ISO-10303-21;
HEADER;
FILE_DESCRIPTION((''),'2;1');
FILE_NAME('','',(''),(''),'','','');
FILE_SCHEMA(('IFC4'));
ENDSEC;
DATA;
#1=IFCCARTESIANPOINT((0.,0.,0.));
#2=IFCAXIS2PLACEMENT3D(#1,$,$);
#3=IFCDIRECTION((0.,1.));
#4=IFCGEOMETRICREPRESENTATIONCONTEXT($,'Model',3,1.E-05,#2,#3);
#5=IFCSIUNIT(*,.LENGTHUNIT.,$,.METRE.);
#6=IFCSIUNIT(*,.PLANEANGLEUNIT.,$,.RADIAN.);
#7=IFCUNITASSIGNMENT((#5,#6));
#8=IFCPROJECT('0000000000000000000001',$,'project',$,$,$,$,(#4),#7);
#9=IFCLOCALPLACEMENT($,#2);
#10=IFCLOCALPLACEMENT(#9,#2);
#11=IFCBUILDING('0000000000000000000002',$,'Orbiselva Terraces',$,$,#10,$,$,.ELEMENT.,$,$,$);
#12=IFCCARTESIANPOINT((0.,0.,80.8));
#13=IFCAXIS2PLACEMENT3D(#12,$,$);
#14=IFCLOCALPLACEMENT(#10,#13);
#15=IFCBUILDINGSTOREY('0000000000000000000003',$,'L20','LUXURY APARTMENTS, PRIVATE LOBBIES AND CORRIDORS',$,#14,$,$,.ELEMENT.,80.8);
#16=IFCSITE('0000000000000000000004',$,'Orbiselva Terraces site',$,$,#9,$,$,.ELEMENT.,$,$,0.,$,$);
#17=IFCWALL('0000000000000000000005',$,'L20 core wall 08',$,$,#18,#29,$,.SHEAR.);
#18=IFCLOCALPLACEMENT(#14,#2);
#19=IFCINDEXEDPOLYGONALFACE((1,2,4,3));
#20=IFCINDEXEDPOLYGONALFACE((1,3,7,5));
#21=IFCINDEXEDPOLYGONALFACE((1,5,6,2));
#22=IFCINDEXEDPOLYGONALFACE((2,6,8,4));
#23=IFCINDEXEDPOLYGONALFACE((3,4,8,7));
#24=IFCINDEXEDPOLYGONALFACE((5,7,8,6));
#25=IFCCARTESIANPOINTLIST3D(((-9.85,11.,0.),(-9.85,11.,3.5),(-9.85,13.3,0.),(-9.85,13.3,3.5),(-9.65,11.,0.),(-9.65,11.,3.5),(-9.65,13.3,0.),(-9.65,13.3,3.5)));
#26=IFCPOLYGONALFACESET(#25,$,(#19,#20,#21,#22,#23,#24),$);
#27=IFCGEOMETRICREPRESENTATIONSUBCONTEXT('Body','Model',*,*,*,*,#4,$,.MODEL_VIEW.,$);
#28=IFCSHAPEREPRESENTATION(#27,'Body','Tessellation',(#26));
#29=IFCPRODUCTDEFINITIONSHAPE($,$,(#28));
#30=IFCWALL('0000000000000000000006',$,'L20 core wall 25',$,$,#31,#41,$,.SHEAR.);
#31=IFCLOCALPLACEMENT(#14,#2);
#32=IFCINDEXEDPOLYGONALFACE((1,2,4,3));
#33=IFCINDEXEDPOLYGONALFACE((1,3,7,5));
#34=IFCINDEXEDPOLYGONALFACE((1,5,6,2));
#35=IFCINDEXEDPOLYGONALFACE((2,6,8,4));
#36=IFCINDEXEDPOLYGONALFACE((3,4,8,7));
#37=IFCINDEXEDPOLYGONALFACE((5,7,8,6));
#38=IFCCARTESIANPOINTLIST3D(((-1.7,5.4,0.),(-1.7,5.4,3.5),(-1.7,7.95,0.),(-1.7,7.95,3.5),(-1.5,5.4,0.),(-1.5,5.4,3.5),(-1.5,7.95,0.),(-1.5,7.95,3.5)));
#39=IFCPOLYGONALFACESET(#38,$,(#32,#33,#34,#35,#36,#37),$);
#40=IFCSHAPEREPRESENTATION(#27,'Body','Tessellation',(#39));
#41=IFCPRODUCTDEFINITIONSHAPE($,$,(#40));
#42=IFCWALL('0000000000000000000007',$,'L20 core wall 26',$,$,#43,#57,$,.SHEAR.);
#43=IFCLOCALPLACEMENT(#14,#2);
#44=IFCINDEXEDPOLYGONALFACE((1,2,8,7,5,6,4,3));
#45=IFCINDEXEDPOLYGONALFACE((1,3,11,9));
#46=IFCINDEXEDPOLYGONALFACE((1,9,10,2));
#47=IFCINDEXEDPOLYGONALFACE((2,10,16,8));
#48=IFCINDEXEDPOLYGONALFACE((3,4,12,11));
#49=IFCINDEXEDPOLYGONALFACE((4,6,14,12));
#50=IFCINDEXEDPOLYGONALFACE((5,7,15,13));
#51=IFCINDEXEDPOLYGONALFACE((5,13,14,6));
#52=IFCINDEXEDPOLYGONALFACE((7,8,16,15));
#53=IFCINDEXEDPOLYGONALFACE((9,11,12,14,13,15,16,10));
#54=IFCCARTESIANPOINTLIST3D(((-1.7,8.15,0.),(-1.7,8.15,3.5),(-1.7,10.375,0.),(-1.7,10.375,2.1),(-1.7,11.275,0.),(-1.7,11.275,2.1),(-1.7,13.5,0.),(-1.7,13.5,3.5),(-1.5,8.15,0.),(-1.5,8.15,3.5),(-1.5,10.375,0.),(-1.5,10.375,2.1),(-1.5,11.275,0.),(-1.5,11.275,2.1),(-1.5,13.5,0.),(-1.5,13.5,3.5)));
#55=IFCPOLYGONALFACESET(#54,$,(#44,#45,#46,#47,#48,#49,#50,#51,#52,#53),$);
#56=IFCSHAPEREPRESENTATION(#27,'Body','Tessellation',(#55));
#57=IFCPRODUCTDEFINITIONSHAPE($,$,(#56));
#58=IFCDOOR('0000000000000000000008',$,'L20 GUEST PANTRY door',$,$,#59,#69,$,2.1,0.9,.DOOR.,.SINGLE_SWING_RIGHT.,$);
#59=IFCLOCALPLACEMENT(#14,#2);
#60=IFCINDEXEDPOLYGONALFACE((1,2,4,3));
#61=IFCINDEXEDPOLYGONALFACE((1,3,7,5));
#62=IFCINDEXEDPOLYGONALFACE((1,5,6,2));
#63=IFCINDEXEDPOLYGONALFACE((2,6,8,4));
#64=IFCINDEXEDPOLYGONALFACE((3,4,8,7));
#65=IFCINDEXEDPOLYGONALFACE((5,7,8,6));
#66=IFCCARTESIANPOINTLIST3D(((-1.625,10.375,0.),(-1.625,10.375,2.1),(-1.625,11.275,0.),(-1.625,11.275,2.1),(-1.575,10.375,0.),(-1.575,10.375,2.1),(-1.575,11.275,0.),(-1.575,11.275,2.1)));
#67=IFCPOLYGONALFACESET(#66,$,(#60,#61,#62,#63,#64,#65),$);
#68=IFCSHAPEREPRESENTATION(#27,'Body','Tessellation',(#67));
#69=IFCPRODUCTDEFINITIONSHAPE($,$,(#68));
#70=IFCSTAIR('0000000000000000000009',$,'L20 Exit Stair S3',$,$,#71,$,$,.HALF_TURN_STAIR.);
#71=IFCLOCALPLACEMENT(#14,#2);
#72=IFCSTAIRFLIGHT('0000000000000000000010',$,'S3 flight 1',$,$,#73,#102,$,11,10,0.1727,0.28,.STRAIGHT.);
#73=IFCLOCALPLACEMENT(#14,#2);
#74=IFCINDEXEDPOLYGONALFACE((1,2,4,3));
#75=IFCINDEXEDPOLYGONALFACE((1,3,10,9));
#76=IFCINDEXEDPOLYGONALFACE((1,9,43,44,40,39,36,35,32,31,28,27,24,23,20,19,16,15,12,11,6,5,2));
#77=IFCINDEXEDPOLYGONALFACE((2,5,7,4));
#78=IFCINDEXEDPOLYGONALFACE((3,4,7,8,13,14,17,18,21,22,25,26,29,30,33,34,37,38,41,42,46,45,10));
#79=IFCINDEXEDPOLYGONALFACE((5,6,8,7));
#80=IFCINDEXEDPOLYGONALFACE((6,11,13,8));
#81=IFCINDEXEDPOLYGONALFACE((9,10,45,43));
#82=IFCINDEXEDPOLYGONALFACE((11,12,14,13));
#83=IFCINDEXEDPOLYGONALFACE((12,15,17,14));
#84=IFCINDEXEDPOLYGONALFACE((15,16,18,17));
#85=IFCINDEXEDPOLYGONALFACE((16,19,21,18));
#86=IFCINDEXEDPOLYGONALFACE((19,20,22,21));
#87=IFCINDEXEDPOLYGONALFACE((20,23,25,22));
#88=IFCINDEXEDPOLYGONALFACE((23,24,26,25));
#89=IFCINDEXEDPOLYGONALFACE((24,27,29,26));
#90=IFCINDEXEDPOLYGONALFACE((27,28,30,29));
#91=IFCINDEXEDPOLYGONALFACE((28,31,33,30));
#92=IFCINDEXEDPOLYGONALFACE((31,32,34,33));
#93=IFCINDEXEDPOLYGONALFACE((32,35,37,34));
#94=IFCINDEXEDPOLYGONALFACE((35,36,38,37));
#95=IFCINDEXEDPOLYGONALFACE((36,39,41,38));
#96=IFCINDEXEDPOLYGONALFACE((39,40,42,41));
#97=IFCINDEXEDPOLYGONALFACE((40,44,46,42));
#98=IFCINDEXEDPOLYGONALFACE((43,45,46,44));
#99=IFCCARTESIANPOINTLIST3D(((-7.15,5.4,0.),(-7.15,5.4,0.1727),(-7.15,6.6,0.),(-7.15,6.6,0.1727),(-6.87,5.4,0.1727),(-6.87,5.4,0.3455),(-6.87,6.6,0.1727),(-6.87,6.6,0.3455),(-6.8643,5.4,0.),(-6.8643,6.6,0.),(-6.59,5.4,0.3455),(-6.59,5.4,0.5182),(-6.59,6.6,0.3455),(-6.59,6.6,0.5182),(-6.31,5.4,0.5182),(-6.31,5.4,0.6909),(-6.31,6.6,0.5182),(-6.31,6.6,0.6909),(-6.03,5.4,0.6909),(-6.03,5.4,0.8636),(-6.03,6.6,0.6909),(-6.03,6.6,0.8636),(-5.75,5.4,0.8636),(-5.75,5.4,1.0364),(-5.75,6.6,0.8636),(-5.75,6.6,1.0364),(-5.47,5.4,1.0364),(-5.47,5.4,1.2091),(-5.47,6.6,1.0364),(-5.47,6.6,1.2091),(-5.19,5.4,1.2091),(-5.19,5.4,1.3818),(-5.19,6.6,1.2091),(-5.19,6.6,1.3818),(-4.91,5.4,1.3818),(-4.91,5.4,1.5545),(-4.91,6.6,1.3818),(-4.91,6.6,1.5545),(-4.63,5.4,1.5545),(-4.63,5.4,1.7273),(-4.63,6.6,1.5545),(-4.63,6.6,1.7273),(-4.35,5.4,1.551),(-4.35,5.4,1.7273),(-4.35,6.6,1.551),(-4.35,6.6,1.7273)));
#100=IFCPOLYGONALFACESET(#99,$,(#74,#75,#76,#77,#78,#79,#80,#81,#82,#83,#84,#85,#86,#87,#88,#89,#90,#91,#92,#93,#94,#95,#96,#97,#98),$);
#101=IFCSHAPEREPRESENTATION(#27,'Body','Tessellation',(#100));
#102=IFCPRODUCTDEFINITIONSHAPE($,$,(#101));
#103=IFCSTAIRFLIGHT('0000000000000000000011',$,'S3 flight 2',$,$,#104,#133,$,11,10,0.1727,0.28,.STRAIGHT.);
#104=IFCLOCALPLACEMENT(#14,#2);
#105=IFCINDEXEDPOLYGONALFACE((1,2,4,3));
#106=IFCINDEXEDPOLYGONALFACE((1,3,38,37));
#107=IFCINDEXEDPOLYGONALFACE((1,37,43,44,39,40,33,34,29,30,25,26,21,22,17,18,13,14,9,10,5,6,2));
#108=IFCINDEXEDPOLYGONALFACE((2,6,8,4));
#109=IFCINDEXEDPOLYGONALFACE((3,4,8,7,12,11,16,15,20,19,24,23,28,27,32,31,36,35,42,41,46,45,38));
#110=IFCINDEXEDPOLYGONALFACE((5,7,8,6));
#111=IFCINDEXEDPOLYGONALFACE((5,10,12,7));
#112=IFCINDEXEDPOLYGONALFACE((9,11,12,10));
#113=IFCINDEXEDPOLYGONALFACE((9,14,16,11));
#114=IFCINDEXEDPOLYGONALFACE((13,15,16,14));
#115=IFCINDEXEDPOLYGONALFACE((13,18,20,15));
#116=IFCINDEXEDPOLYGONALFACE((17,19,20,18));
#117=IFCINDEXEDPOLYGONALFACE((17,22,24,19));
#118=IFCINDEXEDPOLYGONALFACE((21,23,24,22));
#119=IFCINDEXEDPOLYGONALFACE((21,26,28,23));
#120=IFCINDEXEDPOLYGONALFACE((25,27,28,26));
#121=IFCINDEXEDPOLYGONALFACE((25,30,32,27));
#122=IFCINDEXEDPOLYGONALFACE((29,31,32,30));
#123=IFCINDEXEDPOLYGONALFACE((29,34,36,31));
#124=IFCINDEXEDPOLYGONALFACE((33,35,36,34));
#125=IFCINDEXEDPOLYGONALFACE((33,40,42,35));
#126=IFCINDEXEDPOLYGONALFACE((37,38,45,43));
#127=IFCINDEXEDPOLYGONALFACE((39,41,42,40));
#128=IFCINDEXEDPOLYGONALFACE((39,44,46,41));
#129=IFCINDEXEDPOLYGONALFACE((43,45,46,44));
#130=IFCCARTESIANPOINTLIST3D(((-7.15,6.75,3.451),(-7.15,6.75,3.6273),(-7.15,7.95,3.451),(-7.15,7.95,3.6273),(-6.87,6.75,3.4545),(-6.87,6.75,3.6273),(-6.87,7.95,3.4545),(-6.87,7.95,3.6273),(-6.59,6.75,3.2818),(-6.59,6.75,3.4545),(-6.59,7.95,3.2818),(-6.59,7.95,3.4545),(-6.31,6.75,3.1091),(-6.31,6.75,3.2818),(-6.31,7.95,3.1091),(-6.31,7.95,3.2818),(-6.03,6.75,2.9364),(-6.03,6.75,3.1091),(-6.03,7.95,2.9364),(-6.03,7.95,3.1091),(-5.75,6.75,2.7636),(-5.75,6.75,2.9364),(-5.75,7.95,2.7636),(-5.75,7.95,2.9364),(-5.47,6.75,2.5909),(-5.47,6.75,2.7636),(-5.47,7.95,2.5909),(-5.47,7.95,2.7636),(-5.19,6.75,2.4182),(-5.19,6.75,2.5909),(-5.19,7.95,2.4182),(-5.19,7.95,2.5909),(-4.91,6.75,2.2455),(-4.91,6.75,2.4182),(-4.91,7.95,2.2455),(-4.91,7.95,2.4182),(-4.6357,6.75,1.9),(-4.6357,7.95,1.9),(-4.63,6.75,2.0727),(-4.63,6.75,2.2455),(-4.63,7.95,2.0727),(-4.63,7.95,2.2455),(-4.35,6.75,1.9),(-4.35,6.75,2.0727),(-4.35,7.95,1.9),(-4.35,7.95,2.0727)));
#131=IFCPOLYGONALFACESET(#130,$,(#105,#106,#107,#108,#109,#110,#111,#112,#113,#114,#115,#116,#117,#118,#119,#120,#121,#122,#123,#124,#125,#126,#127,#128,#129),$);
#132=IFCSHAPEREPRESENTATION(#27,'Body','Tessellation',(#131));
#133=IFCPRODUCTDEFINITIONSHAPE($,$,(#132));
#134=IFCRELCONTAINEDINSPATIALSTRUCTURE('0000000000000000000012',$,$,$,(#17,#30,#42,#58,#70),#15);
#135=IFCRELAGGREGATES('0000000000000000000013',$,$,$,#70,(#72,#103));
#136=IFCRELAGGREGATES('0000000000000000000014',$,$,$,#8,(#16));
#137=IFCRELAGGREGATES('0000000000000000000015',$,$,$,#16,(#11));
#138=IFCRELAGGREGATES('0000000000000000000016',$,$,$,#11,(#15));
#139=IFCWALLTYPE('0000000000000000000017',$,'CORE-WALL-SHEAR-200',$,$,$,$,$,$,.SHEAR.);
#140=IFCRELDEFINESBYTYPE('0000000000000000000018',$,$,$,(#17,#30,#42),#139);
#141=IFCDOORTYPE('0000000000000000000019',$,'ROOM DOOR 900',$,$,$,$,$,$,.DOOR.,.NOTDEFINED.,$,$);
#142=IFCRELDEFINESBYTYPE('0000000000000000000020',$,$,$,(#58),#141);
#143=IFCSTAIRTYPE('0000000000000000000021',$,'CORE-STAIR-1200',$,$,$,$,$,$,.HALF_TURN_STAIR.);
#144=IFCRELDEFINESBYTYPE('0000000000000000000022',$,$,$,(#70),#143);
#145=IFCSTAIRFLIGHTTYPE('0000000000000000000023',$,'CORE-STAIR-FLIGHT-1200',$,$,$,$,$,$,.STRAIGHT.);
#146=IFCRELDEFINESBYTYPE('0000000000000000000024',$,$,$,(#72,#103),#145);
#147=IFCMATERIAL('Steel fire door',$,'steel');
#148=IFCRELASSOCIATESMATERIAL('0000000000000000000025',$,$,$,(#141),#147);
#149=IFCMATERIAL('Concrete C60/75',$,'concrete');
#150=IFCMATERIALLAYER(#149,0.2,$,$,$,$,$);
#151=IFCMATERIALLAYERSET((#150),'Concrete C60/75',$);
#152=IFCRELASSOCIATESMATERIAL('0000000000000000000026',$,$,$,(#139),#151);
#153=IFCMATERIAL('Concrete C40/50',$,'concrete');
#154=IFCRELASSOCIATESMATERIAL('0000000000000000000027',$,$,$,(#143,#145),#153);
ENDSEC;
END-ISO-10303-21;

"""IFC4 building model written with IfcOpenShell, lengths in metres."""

from ifc_helpers import new_model, si_unit, direction, frame, frame_2d, origin, place, context, subcontext, project, spatial, polyline, rectangle, outline, extrude, material, layer, layer_set, type_object, element, fill, aggregate, save


model = new_model("IFC4")

# Units and contexts
model_context = context("Model", 3, precision=1e-05, world=origin(), true_north=direction((0.0, 1.0)))
body_context = subcontext(model_context, "Body", "Model", "MODEL_VIEW")
ifc_project = project(units=[si_unit("LENGTHUNIT", "METRE"), si_unit("PLANEANGLEUNIT", "RADIAN")], contexts=[model_context])

# Site, building, storey
site_placement = place(None, origin())
site = spatial("IfcSite", under=ifc_project, at=site_placement, Name="Orbiselva Terraces site", CompositionType="ELEMENT", RefElevation=0.0)
building_placement = place(site_placement, origin())
building = spatial("IfcBuilding", under=site, at=building_placement, Name="Orbiselva Terraces", CompositionType="ELEMENT")
storey_placement = place(building_placement, frame((0.0, 0.0, 80.8)))
storey = spatial("IfcBuildingStorey", under=building, at=storey_placement, Name="L20", Description="LUXURY APARTMENTS, PRIVATE LOBBIES AND CORRIDORS", CompositionType="ELEMENT", Elevation=80.8)

# Shared definitions
ifc_material_1 = material(Name="Steel fire door", Category="steel")
door_type = type_object("IfcDoorType", Name="ROOM DOOR 900", OperationType="NOTDEFINED", PredefinedType="DOOR", material=ifc_material_1)

# Shared definitions
ifc_material_2 = material(Name="Concrete C60/75", Category="concrete")
ifc_layer_1 = layer(ifc_material_2, 0.2)
ifc_layer_set_1 = layer_set([ifc_layer_1], Name="Concrete C60/75")
wall_type_1 = type_object("IfcWallType", Name="CORE-WALL-SHEAR-200", PredefinedType="SHEAR", material=ifc_layer_set_1)

# Walls
wall_1_placement = place(storey_placement, frame((-9.75, 11.0, 0.0), z_axis=(0.0, 0.0, 1.0), x_axis=(0.0, 1.0, 0.0)))
element("IfcWall", 1, at=wall_1_placement, inside=storey, type_object=wall_type_1, Name="L20 core wall 08", PredefinedType="SHEAR", context=body_context, shape_type="SweptSolid", body=[
    extrude(rectangle(XDim=2.3, YDim=0.2, at=frame_2d((1.15, 0.0))), origin(), (0.0, 0.0, 1.0), 3.5),
])
wall_2_placement = place(storey_placement, frame((-1.6, 5.4, 0.0), z_axis=(0.0, 0.0, 1.0), x_axis=(0.0, 1.0, 0.0)))
element("IfcWall", 2, at=wall_2_placement, inside=storey, type_object=wall_type_1, Name="L20 core wall 25", PredefinedType="SHEAR", context=body_context, shape_type="SweptSolid", body=[
    extrude(rectangle(XDim=2.55, YDim=0.2, at=frame_2d((1.275, 0.0))), origin(), (0.0, 0.0, 1.0), 3.5),
])

# Wall, opening, door
wall_3_placement = place(storey_placement, frame((-1.6, 8.15, 0.0), z_axis=(0.0, 0.0, 1.0), x_axis=(0.0, 1.0, 0.0)))
wall_3 = element("IfcWall", 3, at=wall_3_placement, inside=storey, type_object=wall_type_1, Name="L20 core wall 26", PredefinedType="SHEAR", context=body_context, shape_type="SweptSolid", body=[
    extrude(rectangle(XDim=5.35, YDim=0.2, at=frame_2d((2.675, 0.0))), origin(), (0.0, 0.0, 1.0), 3.5),
])
opening_1_placement = place(wall_3_placement, frame((2.225, 0.0, 0.0)))
opening_1 = element("IfcOpeningElement", 4, at=opening_1_placement, cuts=wall_3, PredefinedType="OPENING", context=body_context, shape_type="SweptSolid", body=[
    extrude(rectangle(XDim=0.9, YDim=2.1, at=frame_2d((0.45, 1.05))), frame((0.0, 0.11, 0.0), z_axis=(0.0, -1.0, 0.0), x_axis=(1.0, 0.0, 0.0)), (0.0, 0.0, 1.0), 0.22),
])
door_1_placement = place(opening_1_placement, origin())
door_1 = element("IfcDoor", 5, at=door_1_placement, inside=storey, type_object=door_type, Name="L20 GUEST PANTRY door", OperationType="SINGLE_SWING_RIGHT", OverallHeight=2.1, OverallWidth=0.9, PredefinedType="DOOR", context=body_context, shape_type="SweptSolid", body=[
    extrude(rectangle(XDim=0.9, YDim=2.1, at=frame_2d((0.45, 1.05))), frame((0.0, 0.025, 0.0), z_axis=(0.0, -1.0, 0.0), x_axis=(1.0, 0.0, 0.0)), (0.0, 0.0, 1.0), 0.05),
])
fill(opening_1, door_1)

# Stair, stair flights
ifc_material_3 = material(Name="Concrete C40/50", Category="concrete")
stair_type = type_object("IfcStairType", Name="CORE-STAIR-1200", PredefinedType="HALF_TURN_STAIR", material=ifc_material_3)
stair_placement = place(storey_placement, origin())
stair = element("IfcStair", 6, at=stair_placement, inside=storey, type_object=stair_type, Name="L20 Exit Stair S3", PredefinedType="HALF_TURN_STAIR")
stair_flight_type = type_object("IfcStairFlightType", Name="CORE-STAIR-FLIGHT-1200", PredefinedType="STRAIGHT", material=ifc_material_3)
stair_flight_1_placement = place(storey_placement, frame((-7.15, 6.0, 0.0), z_axis=(0.0, 0.0, 1.0), x_axis=(1.0, 0.0, 0.0)))
stair_flight_1 = element("IfcStairFlight", 7, at=stair_flight_1_placement, type_object=stair_flight_type, Name="S3 flight 1", NumberOfRisers=11, NumberOfTreads=10, PredefinedType="STRAIGHT", RiserHeight=0.1727, TreadLength=0.28, context=body_context, shape_type="SweptSolid", body=[
    extrude(outline(polyline([(0.0, 0.0), (0.0, 0.1727), (0.28, 0.1727), (0.28, 0.3455), (0.56, 0.3455), (0.56, 0.5182), (0.84, 0.5182), (0.84, 0.6909), (1.12, 0.6909), (1.12, 0.8636), (1.4, 0.8636), (1.4, 1.0364), (1.68, 1.0364), (1.68, 1.2091), (1.96, 1.2091), (1.96, 1.3818), (2.24, 1.3818), (2.24, 1.5545), (2.52, 1.5545), (2.52, 1.7273), (2.8, 1.7273), (2.8, 1.9), (2.8, 1.551), (0.2857, 0.0), (0.0, 0.0)])), frame((0.0, 0.6, 0.0), z_axis=(0.0, -1.0, 0.0), x_axis=(1.0, 0.0, 0.0)), (0.0, 0.0, 1.0), 1.2),
])
stair_flight_2_placement = place(storey_placement, frame((-4.35, 7.35, 1.9), z_axis=(0.0, 0.0, 1.0), x_axis=(-1.0, 0.0, 0.0)))
stair_flight_2 = element("IfcStairFlight", 8, at=stair_flight_2_placement, type_object=stair_flight_type, Name="S3 flight 2", NumberOfRisers=11, NumberOfTreads=10, PredefinedType="STRAIGHT", RiserHeight=0.1727, TreadLength=0.28, context=body_context, shape_type="SweptSolid", body=[
    extrude(outline(polyline([(0.0, 0.0), (0.0, 0.1727), (0.28, 0.1727), (0.28, 0.3455), (0.56, 0.3455), (0.56, 0.5182), (0.84, 0.5182), (0.84, 0.6909), (1.12, 0.6909), (1.12, 0.8636), (1.4, 0.8636), (1.4, 1.0364), (1.68, 1.0364), (1.68, 1.2091), (1.96, 1.2091), (1.96, 1.3818), (2.24, 1.3818), (2.24, 1.5545), (2.52, 1.5545), (2.52, 1.7273), (2.8, 1.7273), (2.8, 1.9), (2.8, 1.551), (0.2857, 0.0), (0.0, 0.0)])), frame((0.0, 0.6, 0.0), z_axis=(0.0, -1.0, 0.0), x_axis=(1.0, 0.0, 0.0)), (0.0, 0.0, 1.0), 1.2),
])
aggregate(stair, [stair_flight_1, stair_flight_2])

save(model, "model.ifc")
